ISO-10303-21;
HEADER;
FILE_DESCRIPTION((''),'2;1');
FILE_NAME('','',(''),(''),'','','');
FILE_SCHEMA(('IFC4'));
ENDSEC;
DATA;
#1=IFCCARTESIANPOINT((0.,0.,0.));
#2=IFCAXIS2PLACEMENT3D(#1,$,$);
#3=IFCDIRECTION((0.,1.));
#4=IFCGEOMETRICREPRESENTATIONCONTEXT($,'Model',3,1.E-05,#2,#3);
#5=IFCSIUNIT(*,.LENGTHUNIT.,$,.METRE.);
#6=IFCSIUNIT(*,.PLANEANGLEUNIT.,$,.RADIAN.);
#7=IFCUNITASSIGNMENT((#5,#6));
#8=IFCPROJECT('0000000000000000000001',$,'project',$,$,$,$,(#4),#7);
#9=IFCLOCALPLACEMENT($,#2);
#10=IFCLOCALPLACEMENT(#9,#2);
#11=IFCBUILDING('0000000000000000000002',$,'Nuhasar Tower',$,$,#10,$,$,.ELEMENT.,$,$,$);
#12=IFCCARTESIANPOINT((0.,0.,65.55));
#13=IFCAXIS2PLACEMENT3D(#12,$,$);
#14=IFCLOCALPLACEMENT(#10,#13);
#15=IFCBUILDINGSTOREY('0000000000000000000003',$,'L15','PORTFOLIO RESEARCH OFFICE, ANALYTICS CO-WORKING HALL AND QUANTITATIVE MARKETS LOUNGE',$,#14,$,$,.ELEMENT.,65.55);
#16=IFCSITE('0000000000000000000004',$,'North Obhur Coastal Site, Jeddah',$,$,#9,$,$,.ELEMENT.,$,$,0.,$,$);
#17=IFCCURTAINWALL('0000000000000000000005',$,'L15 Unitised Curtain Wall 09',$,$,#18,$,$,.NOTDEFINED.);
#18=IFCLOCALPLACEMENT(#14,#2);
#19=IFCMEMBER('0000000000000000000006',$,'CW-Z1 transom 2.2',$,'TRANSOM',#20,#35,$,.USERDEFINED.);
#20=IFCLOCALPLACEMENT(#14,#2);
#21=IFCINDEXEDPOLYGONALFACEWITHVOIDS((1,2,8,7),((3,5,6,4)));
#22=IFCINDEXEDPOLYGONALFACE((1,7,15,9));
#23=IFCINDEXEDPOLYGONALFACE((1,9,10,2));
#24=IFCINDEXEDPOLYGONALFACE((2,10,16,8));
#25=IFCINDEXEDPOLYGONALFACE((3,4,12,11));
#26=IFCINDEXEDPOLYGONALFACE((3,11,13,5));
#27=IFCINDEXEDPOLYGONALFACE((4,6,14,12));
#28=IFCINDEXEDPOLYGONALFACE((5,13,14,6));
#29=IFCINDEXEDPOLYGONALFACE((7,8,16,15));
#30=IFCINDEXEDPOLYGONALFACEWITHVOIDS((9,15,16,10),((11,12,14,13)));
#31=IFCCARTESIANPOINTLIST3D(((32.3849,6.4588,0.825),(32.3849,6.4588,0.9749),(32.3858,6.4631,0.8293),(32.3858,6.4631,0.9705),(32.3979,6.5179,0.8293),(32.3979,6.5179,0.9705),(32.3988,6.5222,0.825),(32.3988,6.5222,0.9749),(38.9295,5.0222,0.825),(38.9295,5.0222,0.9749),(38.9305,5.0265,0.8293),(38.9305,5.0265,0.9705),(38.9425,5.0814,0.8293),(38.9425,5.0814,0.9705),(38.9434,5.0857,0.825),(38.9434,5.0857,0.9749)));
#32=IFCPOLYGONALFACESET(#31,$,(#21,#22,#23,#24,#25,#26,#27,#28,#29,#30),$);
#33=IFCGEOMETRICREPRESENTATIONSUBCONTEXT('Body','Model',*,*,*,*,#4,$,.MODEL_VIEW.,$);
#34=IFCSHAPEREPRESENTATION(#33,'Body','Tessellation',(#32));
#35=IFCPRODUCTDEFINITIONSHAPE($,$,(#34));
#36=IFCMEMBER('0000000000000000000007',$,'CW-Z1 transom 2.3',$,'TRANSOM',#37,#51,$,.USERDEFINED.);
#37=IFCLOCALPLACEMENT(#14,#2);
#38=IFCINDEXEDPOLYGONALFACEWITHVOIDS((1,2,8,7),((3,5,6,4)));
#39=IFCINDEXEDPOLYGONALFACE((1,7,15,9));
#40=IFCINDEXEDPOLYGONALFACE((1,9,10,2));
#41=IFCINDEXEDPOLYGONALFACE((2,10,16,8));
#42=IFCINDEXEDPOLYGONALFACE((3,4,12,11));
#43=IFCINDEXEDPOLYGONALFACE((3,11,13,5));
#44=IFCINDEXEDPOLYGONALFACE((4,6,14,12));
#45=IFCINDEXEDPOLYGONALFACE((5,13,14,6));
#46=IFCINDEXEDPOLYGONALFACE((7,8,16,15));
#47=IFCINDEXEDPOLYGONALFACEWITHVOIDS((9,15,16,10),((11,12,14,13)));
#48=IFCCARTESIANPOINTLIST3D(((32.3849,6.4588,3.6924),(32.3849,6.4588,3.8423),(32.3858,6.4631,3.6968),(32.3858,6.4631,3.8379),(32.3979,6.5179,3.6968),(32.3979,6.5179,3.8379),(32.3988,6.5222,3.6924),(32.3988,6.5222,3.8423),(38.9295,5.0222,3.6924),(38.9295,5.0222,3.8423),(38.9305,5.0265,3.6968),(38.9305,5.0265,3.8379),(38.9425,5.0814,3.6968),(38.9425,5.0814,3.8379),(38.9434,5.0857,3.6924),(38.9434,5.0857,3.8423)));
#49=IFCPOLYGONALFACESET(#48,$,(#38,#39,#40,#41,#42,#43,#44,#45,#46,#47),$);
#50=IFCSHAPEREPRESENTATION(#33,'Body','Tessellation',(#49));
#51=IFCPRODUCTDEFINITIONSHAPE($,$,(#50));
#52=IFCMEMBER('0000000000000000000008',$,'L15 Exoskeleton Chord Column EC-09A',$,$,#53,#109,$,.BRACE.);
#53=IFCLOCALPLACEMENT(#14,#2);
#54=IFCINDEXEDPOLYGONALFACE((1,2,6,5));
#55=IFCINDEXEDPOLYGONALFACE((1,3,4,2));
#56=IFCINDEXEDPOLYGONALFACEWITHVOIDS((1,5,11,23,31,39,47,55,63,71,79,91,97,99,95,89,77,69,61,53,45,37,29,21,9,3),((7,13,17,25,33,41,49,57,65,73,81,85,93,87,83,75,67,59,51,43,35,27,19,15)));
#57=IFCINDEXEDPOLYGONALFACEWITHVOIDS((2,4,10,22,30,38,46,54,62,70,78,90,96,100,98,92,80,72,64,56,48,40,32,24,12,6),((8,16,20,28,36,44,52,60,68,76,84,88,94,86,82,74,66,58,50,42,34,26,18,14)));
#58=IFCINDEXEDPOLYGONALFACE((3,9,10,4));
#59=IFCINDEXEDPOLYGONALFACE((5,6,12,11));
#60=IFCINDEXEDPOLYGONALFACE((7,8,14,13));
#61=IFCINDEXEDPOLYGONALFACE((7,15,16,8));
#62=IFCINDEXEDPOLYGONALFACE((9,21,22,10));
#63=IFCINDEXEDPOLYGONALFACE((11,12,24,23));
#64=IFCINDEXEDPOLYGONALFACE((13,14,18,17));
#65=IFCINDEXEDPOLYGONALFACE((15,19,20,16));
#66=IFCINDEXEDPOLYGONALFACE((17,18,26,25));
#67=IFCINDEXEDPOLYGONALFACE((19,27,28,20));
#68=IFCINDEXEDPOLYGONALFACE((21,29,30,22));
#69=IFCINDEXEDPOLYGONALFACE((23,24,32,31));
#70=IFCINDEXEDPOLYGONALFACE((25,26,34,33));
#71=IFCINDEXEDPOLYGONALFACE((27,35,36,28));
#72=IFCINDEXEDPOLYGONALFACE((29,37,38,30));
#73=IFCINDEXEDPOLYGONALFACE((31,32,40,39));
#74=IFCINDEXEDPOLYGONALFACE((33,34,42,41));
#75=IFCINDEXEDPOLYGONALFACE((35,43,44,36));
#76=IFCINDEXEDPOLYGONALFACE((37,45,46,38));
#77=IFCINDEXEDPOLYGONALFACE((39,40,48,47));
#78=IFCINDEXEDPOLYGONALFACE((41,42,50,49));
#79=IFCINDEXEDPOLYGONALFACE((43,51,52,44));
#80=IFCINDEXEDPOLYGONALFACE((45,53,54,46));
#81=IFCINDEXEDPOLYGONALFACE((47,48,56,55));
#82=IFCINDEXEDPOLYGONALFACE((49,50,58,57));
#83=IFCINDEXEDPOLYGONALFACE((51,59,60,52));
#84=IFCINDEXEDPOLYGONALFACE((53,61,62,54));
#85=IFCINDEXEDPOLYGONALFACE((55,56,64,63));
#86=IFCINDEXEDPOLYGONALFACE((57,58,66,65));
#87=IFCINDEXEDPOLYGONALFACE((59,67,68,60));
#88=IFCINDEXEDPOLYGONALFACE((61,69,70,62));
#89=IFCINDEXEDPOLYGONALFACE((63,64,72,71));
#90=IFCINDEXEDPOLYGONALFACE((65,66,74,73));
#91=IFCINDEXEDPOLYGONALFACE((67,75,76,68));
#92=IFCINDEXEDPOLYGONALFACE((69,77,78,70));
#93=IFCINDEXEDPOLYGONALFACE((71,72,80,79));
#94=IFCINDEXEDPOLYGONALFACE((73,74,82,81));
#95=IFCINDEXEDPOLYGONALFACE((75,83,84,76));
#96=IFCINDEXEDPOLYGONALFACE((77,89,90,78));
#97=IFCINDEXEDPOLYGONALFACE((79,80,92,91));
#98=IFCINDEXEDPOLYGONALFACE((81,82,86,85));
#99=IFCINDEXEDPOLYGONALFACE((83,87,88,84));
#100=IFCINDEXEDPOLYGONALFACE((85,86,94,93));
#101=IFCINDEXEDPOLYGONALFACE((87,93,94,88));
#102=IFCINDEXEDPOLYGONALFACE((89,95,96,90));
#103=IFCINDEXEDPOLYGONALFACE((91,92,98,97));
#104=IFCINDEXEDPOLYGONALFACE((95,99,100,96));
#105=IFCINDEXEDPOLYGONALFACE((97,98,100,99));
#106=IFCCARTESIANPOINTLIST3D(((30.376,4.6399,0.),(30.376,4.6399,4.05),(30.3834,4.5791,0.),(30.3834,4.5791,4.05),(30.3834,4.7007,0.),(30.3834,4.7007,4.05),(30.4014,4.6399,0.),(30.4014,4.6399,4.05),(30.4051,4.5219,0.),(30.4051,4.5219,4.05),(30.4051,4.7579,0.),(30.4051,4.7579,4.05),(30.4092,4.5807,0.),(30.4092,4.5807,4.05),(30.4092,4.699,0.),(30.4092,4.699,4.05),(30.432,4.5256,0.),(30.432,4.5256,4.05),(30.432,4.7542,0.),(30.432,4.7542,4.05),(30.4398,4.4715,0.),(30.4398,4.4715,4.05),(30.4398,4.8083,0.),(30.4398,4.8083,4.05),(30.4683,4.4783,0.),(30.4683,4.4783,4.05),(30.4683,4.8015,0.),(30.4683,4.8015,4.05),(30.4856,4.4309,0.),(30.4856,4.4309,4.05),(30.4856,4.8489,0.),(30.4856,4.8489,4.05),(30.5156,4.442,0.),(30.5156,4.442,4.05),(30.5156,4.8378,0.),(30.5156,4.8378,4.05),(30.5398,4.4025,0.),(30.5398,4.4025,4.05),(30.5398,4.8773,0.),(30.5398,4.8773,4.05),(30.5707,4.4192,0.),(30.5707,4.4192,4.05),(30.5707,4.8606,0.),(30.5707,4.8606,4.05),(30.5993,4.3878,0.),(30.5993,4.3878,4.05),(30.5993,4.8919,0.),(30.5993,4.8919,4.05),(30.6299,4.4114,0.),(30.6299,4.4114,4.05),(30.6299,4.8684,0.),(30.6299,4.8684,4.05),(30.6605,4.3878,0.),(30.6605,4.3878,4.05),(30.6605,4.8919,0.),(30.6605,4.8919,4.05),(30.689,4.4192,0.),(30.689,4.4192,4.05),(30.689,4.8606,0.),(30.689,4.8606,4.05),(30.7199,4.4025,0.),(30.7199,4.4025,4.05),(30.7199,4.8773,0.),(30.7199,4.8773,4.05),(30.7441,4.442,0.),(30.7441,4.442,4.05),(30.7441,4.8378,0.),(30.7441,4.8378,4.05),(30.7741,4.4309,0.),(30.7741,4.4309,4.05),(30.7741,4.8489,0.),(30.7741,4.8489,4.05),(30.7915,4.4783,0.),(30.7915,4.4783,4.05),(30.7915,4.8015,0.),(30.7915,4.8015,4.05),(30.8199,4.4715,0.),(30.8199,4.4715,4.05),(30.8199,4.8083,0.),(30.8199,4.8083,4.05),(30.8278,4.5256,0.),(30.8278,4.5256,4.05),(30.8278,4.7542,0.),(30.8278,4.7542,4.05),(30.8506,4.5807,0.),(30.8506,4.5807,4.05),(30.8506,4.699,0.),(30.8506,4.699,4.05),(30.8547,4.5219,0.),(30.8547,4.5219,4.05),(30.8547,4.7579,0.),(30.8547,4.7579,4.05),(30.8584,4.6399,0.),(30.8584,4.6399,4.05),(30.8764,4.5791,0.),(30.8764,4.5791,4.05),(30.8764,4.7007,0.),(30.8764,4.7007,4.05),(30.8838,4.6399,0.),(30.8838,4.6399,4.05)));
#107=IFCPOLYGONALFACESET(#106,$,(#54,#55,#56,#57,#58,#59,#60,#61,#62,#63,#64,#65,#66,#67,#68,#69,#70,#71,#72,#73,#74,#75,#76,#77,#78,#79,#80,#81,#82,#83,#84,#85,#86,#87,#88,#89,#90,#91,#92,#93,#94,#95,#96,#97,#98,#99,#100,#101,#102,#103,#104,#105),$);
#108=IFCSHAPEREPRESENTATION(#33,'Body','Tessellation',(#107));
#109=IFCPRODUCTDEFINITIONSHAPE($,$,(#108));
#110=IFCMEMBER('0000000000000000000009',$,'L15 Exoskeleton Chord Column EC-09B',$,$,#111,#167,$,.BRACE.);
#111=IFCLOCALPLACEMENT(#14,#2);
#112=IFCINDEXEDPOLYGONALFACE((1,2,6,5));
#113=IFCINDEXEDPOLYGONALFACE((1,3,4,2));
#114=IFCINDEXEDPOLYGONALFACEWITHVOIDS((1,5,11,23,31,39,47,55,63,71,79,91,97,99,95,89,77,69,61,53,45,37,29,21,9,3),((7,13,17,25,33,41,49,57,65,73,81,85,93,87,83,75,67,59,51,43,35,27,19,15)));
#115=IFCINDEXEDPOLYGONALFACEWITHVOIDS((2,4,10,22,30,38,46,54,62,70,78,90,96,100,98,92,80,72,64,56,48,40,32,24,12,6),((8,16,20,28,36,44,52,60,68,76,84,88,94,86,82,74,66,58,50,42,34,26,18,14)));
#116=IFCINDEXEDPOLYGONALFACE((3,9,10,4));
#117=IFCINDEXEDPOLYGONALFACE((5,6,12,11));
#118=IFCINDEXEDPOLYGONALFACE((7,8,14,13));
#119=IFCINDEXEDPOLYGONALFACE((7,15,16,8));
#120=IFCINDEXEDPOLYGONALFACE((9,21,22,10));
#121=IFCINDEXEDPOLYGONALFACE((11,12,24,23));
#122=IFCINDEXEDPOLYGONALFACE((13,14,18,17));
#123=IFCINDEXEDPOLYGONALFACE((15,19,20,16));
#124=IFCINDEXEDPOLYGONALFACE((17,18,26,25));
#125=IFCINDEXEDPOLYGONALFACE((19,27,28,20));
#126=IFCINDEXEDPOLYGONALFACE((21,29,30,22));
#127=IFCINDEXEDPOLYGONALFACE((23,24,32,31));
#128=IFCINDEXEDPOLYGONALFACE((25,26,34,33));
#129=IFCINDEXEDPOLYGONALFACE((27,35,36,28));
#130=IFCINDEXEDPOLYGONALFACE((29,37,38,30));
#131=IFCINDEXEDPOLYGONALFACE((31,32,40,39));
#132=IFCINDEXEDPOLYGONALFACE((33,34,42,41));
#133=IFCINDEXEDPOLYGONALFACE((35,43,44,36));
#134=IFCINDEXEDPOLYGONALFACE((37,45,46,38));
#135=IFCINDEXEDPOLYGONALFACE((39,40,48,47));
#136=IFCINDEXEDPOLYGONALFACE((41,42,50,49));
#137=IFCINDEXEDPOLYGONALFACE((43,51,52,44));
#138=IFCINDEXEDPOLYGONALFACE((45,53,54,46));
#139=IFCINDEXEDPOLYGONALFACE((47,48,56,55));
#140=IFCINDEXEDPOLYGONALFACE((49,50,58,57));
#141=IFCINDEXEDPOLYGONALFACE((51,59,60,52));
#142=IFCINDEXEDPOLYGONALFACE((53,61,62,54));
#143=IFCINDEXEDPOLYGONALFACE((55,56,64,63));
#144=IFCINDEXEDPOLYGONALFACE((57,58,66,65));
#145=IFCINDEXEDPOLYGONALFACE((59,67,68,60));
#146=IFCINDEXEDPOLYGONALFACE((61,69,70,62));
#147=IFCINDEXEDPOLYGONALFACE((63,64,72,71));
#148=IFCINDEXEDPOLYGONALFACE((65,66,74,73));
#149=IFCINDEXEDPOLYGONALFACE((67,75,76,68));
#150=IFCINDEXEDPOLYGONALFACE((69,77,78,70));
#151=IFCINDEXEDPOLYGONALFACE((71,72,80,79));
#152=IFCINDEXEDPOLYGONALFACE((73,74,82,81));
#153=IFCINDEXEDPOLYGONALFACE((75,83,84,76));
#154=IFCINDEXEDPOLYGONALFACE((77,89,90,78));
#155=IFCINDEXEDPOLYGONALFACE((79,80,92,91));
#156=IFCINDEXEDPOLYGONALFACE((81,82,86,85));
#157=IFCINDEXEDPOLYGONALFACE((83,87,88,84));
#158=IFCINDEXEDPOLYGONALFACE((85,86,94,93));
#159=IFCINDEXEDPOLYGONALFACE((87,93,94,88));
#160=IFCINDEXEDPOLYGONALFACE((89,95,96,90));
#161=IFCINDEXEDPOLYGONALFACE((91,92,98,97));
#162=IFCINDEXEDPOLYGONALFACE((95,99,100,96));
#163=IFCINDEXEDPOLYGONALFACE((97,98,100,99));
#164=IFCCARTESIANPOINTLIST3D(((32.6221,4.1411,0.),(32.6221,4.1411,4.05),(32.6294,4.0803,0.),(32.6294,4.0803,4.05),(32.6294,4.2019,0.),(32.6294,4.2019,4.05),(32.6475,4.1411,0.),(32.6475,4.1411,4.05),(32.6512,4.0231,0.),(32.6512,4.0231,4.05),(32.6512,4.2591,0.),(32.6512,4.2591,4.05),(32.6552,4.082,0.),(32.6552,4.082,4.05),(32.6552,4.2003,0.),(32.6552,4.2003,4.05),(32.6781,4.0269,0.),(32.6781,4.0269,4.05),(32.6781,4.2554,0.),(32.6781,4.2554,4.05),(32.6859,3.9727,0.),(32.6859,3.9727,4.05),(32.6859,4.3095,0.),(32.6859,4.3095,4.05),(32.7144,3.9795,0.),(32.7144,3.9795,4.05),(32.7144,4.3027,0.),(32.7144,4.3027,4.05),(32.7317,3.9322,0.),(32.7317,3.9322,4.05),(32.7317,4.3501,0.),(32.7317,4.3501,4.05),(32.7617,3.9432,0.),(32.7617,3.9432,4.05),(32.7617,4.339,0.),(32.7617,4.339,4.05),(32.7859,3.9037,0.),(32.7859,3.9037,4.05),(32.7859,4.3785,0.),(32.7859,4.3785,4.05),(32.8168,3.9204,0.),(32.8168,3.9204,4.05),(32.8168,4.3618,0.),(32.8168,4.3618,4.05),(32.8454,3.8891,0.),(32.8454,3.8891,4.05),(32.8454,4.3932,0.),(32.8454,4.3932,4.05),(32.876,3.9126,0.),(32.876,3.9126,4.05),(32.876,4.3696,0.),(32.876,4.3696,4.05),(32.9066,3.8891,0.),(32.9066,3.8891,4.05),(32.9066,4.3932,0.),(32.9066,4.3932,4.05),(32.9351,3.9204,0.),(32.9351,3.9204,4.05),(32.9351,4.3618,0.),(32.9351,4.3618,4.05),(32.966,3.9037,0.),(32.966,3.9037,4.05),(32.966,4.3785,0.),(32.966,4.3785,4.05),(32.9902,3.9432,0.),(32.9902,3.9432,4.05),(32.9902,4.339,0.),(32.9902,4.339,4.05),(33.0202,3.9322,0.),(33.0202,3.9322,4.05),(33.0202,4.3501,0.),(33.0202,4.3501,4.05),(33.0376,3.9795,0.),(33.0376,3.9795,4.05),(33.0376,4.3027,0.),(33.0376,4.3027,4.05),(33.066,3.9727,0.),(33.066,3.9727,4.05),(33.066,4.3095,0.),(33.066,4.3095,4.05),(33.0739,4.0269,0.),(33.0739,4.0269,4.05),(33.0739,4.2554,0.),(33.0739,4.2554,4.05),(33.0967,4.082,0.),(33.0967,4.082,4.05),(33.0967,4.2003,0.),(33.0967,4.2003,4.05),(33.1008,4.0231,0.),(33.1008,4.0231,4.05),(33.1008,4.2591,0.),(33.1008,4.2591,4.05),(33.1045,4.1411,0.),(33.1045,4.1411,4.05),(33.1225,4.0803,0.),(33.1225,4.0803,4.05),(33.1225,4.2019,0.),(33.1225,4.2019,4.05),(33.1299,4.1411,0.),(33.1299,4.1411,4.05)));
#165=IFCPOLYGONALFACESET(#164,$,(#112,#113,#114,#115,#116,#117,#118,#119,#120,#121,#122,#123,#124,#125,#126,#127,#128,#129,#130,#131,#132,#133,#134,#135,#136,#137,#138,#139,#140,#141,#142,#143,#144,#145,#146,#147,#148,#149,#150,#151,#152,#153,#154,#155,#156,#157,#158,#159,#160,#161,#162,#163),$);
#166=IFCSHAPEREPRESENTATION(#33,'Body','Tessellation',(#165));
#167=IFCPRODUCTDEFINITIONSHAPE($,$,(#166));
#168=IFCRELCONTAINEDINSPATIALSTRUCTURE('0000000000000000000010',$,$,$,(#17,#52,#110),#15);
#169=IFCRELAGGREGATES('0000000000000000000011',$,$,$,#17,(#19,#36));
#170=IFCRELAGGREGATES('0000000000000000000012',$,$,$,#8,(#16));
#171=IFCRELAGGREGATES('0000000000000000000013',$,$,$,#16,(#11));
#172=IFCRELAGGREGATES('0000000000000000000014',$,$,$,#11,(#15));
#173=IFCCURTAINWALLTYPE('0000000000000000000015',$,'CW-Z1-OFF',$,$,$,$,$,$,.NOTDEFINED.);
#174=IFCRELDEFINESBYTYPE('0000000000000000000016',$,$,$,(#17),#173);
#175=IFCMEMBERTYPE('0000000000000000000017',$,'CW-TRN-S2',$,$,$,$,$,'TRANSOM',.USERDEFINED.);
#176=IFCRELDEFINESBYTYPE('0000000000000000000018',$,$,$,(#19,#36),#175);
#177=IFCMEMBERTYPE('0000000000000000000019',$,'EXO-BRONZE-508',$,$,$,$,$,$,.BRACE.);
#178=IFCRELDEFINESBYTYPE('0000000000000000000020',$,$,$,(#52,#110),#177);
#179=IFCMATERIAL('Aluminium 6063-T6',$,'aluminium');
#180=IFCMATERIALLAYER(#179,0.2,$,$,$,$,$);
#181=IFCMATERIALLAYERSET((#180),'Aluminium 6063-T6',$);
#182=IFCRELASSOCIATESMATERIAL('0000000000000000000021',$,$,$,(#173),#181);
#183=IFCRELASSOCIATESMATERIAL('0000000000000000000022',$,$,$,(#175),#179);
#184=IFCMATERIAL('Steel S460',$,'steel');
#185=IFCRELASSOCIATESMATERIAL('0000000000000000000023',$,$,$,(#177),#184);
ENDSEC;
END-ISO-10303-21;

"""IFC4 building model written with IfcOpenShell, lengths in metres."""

from ifc_helpers import new_model, si_unit, direction, frame, origin, origin_2d, place, context, subcontext, project, spatial, hollow_rectangle, hollow_circle, extrude, material, layer, layer_set, material_profile, profile_set, type_object, element, aggregate, save


model = new_model("IFC4")

# Units and contexts
model_context = context("Model", 3, precision=1e-05, world=origin(), true_north=direction((0.0, 1.0)))
body_context = subcontext(model_context, "Body", "Model", "MODEL_VIEW")
ifc_project = project(units=[si_unit("LENGTHUNIT", "METRE"), si_unit("PLANEANGLEUNIT", "RADIAN")], contexts=[model_context])

# Site, building, storey
site_placement = place(None, origin())
site = spatial("IfcSite", under=ifc_project, at=site_placement, Name="North Obhur Coastal Site, Jeddah", CompositionType="ELEMENT", RefElevation=0.0)
building_placement = place(site_placement, origin())
building = spatial("IfcBuilding", under=site, at=building_placement, Name="Nuhasar Tower", CompositionType="ELEMENT")
storey_placement = place(building_placement, frame((0.0, 0.0, 65.55)))
storey = spatial("IfcBuildingStorey", under=building, at=storey_placement, Name="L15", Description="PORTFOLIO RESEARCH OFFICE, ANALYTICS CO-WORKING HALL AND QUANTITATIVE MARKETS LOUNGE", CompositionType="ELEMENT", Elevation=65.55)

# Curtain wall, members
ifc_material_1 = material(Name="Aluminium 6063-T6", Category="aluminium")
ifc_layer_1 = layer(ifc_material_1, 0.2)
ifc_layer_set_1 = layer_set([ifc_layer_1], Name="Aluminium 6063-T6")
curtain_wall_type = type_object("IfcCurtainWallType", Name="CW-Z1-OFF", PredefinedType="NOTDEFINED", material=ifc_layer_set_1)
curtain_wall_placement = place(storey_placement, origin())
curtain_wall = element("IfcCurtainWall", 1, at=curtain_wall_placement, inside=storey, type_object=curtain_wall_type, Name="L15 Unitised Curtain Wall 09", PredefinedType="NOTDEFINED")
ifc_material_profile_1 = material_profile(ifc_material_1, hollow_rectangle(XDim=0.0649, YDim=0.1499, WallThickness=0.0044, at=origin_2d()), Name="CWT-2")
ifc_profile_set_1 = profile_set([ifc_material_profile_1], Name="Aluminium 6063-T6")
member_type_1 = type_object("IfcMemberType", Name="CW-TRN-S2", ElementType="TRANSOM", PredefinedType="USERDEFINED", material=ifc_profile_set_1)
member_1_placement = place(storey_placement, frame((32.3918, 6.4905, 0.8999), z_axis=(0.976748, -0.214391, 0.0), x_axis=(0.214391, 0.976748, 0.0)))
member_1 = element("IfcMember", 2, at=member_1_placement, type_object=member_type_1, Name="CW-Z1 transom 2.2", ObjectType="TRANSOM", PredefinedType="USERDEFINED", context=body_context, shape_type="SweptSolid", body=[
    extrude(hollow_rectangle(XDim=0.0649, YDim=0.1499, WallThickness=0.0044, at=origin_2d()), origin(), (0.0, 0.0, 1.0), 6.7004),
])
member_2_placement = place(storey_placement, frame((32.3918, 6.4905, 3.7673), z_axis=(0.976748, -0.214391, 0.0), x_axis=(0.214391, 0.976748, 0.0)))
member_2 = element("IfcMember", 3, at=member_2_placement, type_object=member_type_1, Name="CW-Z1 transom 2.3", ObjectType="TRANSOM", PredefinedType="USERDEFINED", context=body_context, shape_type="SweptSolid", body=[
    extrude(hollow_rectangle(XDim=0.0649, YDim=0.1499, WallThickness=0.0044, at=origin_2d()), origin(), (0.0, 0.0, 1.0), 6.7004),
])

# Members
ifc_material_2 = material(Name="Steel S460", Category="steel")
ifc_material_profile_2 = material_profile(ifc_material_2, hollow_circle(Radius=0.2539, WallThickness=0.0254, at=origin_2d()), Name="HSS508X25.4")
ifc_profile_set_2 = profile_set([ifc_material_profile_2], Name="Steel S460")
member_type_2 = type_object("IfcMemberType", Name="EXO-BRONZE-508", PredefinedType="BRACE", material=ifc_profile_set_2)
for number, where, z_axis, x_axis, name in (
    (4, (30.6299, 4.6399, 0.0), (0.0, 0.0, 1.0), (1.0, 0.0, 0.0), "L15 Exoskeleton Chord Column EC-09A"),
    (5, (32.876, 4.1411, 0.0), (0.0, 0.0, 1.0), (1.0, 0.0, 0.0), "L15 Exoskeleton Chord Column EC-09B"),
):
    element("IfcMember", number, at=place(storey_placement, frame(where, z_axis=z_axis, x_axis=x_axis)), inside=storey, type_object=member_type_2, Name=name, PredefinedType="BRACE", context=body_context, shape_type="SweptSolid", body=[
        extrude(hollow_circle(Radius=0.2539, WallThickness=0.0254, at=origin_2d()), origin(), (0.0, 0.0, 1.0), 4.05),
    ])

aggregate(curtain_wall, [member_1, member_2])

save(model, "model.ifc")
